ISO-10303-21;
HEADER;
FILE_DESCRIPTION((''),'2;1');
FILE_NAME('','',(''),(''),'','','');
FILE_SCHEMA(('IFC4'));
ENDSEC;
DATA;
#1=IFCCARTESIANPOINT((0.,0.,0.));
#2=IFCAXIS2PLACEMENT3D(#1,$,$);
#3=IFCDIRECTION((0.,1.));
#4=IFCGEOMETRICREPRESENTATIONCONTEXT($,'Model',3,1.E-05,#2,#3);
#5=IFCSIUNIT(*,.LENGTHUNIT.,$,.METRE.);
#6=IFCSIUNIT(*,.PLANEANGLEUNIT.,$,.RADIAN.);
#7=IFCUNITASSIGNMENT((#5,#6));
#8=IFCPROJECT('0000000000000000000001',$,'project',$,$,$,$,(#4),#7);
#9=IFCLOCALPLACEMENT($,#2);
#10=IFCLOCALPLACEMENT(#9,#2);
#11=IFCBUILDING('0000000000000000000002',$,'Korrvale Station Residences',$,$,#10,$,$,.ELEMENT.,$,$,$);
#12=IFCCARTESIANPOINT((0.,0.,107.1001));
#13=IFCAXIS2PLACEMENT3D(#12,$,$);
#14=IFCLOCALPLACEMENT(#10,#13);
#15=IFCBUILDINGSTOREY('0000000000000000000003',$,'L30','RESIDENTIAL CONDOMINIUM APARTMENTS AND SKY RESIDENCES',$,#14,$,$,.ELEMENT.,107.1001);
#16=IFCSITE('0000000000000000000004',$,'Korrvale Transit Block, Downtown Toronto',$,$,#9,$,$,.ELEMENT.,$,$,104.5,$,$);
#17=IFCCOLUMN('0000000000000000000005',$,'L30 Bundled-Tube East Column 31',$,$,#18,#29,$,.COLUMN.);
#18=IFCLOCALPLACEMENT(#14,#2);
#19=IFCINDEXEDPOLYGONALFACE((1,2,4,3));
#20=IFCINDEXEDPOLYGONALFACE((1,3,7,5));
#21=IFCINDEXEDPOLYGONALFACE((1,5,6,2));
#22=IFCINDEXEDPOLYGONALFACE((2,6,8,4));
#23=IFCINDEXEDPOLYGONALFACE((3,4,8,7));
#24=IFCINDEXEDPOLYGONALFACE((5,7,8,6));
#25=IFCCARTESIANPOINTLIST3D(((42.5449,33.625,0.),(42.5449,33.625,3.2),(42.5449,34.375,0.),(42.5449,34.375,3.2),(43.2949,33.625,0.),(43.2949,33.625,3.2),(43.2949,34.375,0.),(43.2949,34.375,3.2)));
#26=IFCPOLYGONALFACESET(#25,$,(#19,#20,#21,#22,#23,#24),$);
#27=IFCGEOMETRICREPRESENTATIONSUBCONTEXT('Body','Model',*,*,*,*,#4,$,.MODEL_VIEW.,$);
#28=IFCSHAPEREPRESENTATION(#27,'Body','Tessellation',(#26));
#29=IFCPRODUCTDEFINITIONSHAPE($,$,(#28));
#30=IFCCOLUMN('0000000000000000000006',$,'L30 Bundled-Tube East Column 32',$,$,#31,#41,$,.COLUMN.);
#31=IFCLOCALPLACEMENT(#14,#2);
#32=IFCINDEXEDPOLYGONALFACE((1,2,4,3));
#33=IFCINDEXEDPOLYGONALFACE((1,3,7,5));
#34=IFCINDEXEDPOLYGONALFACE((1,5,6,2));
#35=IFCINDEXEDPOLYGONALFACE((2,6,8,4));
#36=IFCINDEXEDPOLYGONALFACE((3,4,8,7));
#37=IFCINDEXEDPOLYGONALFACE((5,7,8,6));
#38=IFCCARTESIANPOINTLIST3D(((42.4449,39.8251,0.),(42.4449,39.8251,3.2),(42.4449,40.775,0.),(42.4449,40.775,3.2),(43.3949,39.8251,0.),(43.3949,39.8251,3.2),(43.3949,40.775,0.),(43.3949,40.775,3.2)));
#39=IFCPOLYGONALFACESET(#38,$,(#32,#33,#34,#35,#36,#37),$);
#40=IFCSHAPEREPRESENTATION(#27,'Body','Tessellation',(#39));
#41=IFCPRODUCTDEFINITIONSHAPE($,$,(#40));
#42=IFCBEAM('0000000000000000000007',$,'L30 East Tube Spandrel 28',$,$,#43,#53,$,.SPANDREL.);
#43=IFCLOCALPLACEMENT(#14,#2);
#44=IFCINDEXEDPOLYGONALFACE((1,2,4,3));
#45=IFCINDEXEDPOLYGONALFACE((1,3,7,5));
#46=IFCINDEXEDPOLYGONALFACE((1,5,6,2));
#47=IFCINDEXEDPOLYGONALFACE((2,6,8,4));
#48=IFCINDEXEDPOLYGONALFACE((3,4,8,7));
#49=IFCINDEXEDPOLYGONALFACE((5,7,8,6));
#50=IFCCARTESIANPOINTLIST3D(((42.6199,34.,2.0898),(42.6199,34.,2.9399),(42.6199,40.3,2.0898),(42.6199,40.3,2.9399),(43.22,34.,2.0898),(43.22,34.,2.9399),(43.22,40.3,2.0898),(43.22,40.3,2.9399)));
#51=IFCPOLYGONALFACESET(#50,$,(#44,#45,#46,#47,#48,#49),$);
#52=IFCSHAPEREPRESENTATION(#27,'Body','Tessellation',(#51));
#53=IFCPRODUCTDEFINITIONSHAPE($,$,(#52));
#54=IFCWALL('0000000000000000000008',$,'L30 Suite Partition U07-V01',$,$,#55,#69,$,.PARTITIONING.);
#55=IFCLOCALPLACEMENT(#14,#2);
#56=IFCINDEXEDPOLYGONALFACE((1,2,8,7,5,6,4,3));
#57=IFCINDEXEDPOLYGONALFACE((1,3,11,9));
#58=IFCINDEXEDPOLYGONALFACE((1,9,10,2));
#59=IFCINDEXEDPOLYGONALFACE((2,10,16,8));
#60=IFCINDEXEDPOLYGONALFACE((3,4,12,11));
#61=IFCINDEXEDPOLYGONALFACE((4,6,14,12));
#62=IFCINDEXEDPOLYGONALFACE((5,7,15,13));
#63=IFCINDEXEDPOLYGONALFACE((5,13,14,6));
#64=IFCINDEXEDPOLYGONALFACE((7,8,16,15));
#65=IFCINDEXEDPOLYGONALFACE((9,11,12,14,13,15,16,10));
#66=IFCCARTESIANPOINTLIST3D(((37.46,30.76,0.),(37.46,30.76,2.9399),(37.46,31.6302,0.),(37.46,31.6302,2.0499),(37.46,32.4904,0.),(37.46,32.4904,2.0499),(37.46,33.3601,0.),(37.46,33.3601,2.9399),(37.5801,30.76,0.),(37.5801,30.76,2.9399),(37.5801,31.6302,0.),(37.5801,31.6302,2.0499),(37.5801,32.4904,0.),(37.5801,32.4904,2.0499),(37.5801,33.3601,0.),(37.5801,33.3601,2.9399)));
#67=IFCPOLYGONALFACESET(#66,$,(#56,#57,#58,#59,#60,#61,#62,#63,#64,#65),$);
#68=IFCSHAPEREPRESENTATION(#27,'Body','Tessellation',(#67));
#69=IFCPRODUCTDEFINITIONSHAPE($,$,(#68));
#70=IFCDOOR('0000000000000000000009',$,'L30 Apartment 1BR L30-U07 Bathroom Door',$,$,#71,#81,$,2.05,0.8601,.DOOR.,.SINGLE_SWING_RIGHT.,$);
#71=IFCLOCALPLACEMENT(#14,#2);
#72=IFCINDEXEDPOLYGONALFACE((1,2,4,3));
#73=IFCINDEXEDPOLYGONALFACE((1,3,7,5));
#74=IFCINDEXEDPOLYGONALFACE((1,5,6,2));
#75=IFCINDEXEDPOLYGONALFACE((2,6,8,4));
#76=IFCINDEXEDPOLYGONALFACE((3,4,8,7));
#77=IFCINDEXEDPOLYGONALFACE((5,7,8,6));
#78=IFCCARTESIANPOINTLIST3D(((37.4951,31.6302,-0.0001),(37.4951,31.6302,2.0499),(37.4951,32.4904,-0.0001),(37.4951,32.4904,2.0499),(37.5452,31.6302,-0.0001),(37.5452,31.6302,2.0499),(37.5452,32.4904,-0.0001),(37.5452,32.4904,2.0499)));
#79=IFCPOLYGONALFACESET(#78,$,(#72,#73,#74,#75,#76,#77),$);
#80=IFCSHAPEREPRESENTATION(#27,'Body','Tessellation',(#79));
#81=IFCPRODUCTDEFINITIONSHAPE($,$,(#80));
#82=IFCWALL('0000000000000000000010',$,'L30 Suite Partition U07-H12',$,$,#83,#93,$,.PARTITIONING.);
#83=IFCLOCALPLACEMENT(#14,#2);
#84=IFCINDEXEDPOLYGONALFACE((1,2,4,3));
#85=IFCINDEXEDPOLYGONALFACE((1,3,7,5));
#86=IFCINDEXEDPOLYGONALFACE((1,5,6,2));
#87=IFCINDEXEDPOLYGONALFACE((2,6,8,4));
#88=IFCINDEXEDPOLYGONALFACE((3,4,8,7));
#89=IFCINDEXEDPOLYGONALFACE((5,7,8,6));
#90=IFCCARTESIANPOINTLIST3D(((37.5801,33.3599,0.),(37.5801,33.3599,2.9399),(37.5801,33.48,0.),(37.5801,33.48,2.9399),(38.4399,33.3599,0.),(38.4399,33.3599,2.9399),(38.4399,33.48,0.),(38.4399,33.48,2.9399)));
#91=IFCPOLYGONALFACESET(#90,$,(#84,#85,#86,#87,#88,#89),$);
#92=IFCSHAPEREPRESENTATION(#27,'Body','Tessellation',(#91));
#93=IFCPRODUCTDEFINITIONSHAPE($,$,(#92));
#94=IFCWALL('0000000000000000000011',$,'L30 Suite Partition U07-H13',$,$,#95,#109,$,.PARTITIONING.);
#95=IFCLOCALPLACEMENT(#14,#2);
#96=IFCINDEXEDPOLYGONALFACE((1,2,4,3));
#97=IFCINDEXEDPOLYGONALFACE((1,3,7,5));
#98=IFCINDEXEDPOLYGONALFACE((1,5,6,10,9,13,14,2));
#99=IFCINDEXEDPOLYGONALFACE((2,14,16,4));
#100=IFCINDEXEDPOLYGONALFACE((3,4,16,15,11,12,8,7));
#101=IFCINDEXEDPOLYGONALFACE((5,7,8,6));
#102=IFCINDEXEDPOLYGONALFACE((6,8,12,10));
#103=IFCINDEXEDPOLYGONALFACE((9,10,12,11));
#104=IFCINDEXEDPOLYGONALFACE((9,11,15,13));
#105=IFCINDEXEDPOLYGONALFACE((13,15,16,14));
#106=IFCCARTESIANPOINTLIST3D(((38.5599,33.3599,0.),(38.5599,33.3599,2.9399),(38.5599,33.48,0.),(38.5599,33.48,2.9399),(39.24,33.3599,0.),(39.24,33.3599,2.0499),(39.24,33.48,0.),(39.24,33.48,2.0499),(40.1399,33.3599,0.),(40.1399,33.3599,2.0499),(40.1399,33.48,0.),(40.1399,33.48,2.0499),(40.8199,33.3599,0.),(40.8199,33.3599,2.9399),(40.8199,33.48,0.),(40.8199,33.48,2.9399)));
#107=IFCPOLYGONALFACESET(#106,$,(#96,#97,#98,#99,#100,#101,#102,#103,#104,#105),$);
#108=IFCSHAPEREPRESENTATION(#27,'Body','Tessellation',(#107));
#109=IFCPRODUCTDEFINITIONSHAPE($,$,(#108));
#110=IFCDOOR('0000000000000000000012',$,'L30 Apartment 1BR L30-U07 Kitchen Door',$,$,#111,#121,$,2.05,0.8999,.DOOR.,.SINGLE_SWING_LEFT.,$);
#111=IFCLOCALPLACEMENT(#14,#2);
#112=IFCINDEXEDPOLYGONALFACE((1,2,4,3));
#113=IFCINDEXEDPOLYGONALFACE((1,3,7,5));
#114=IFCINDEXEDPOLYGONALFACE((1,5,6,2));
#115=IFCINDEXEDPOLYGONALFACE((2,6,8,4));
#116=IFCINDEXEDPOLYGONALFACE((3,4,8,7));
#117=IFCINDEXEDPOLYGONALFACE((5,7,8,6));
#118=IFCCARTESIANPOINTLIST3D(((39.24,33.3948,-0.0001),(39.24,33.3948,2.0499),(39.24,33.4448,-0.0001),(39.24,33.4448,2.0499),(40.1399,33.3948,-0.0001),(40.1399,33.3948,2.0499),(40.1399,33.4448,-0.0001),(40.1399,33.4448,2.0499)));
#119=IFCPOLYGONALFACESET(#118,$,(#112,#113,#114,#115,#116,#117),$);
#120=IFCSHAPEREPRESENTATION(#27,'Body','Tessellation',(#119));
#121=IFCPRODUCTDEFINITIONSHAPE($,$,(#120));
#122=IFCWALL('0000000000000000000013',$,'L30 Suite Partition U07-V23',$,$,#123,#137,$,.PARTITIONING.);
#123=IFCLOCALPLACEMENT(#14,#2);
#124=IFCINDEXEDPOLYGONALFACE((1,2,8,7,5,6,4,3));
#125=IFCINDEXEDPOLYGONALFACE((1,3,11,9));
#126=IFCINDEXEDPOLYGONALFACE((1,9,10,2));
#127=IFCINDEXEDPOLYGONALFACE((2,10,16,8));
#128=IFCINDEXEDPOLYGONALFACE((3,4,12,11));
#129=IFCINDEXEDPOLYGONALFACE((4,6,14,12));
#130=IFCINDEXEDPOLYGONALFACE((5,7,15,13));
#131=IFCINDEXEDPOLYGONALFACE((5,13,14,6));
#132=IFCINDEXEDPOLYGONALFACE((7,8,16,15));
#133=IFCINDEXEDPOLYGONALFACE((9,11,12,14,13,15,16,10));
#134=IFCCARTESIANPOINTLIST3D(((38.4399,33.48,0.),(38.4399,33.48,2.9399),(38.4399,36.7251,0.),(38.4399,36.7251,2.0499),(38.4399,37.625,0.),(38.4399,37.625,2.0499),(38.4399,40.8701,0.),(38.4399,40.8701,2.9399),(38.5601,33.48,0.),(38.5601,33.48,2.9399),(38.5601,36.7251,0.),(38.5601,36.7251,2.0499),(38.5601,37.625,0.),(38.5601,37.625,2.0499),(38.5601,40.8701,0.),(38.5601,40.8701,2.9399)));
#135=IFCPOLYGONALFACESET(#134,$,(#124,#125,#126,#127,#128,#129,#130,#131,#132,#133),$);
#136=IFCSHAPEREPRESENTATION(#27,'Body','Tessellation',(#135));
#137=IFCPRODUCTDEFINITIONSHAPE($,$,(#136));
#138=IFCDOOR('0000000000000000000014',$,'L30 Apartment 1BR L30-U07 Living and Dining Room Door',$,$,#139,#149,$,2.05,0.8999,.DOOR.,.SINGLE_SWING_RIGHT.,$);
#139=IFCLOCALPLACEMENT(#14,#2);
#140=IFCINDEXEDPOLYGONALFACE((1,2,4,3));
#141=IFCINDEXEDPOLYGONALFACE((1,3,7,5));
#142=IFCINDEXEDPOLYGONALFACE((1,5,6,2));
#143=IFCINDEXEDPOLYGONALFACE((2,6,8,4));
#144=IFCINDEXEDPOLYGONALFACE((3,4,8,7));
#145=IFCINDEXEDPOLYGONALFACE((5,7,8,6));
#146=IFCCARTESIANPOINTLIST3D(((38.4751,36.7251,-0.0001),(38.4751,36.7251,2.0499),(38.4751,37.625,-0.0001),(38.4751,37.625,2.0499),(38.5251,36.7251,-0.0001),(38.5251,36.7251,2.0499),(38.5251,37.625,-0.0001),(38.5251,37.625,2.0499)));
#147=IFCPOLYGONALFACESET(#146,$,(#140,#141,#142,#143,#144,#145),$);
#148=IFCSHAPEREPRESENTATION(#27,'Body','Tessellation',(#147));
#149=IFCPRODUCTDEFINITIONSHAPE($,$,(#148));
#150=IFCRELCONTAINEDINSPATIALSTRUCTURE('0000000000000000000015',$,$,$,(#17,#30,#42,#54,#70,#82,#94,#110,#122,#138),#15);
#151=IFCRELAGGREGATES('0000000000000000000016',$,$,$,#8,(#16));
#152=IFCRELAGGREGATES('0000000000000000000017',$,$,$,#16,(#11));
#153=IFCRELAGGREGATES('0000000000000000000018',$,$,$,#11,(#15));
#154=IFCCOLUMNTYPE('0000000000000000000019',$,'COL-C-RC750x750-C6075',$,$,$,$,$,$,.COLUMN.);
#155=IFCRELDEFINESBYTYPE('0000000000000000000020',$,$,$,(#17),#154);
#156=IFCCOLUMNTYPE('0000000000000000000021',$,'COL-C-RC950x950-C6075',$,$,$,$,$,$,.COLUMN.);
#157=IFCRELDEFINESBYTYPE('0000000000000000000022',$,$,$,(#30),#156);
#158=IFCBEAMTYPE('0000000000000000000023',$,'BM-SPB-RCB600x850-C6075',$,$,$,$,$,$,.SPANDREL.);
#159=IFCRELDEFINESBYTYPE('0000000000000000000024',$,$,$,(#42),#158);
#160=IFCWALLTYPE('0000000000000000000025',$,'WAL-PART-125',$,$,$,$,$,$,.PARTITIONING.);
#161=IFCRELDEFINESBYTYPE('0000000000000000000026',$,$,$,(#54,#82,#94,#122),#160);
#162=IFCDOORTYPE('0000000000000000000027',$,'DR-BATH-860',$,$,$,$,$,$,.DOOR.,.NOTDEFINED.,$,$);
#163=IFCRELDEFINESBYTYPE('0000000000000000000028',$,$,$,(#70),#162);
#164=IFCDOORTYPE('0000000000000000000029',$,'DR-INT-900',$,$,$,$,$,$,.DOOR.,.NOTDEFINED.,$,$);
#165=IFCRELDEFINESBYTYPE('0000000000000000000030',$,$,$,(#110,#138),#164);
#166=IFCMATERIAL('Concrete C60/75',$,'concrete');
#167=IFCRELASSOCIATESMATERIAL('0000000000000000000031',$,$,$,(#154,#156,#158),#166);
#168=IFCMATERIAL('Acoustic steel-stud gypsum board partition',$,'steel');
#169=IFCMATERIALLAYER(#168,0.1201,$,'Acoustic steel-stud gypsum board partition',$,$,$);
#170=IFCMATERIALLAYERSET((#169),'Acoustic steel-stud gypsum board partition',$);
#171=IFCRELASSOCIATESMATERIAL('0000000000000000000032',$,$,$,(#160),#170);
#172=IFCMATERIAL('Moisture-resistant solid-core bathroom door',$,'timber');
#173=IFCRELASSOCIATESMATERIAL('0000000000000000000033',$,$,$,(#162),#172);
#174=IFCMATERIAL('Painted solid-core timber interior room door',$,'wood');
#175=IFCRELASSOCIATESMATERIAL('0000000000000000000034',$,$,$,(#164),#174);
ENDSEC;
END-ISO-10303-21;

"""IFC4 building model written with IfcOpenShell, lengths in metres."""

from ifc_helpers import new_model, si_unit, direction, frame, frame_2d, origin, origin_2d, place, context, subcontext, project, spatial, rectangle, extrude, material, layer, layer_set, material_profile, profile_set, type_object, element, fill, save


model = new_model("IFC4")

# Units and contexts
model_context = context("Model", 3, precision=1e-05, world=origin(), true_north=direction((0.0, 1.0)))
body_context = subcontext(model_context, "Body", "Model", "MODEL_VIEW")
ifc_project = project(units=[si_unit("LENGTHUNIT", "METRE"), si_unit("PLANEANGLEUNIT", "RADIAN")], contexts=[model_context])

# Site, building, storey
site_placement = place(None, origin())
site = spatial("IfcSite", under=ifc_project, at=site_placement, Name="Korrvale Transit Block, Downtown Toronto", CompositionType="ELEMENT", RefElevation=104.5)
building_placement = place(site_placement, origin())
building = spatial("IfcBuilding", under=site, at=building_placement, Name="Korrvale Station Residences", CompositionType="ELEMENT")
storey_placement = place(building_placement, frame((0.0, 0.0, 107.1001)))
storey = spatial("IfcBuildingStorey", under=building, at=storey_placement, Name="L30", Description="RESIDENTIAL CONDOMINIUM APARTMENTS AND SKY RESIDENCES", CompositionType="ELEMENT", Elevation=107.1001)

# Columns
ifc_material_1 = material(Name="Concrete C60/75", Category="concrete")
ifc_material_profile_1 = material_profile(ifc_material_1, rectangle(XDim=0.75, YDim=0.75, at=origin_2d()), Name="RC750x750")
ifc_profile_set_1 = profile_set([ifc_material_profile_1], Name="Concrete C60/75")
column_type_1 = type_object("IfcColumnType", Name="COL-C-RC750x750-C6075", PredefinedType="COLUMN", material=ifc_profile_set_1)
column_1_placement = place(storey_placement, frame((42.9199, 34.0, 0.0), z_axis=(0.0, 0.0, 1.0), x_axis=(1.0, 0.0, 0.0)))
element("IfcColumn", 1, at=column_1_placement, inside=storey, type_object=column_type_1, Name="L30 Bundled-Tube East Column 31", PredefinedType="COLUMN", context=body_context, shape_type="SweptSolid", body=[
    extrude(rectangle(XDim=0.75, YDim=0.75, at=origin_2d()), origin(), (0.0, 0.0, 1.0), 3.2),
])
ifc_material_profile_2 = material_profile(ifc_material_1, rectangle(XDim=0.95, YDim=0.95, at=origin_2d()), Name="RC950x950")
ifc_profile_set_2 = profile_set([ifc_material_profile_2], Name="Concrete C60/75")
column_type_2 = type_object("IfcColumnType", Name="COL-C-RC950x950-C6075", PredefinedType="COLUMN", material=ifc_profile_set_2)
column_2_placement = place(storey_placement, frame((42.9199, 40.3, 0.0), z_axis=(0.0, 0.0, 1.0), x_axis=(1.0, 0.0, 0.0)))
element("IfcColumn", 2, at=column_2_placement, inside=storey, type_object=column_type_2, Name="L30 Bundled-Tube East Column 32", PredefinedType="COLUMN", context=body_context, shape_type="SweptSolid", body=[
    extrude(rectangle(XDim=0.95, YDim=0.95, at=origin_2d()), origin(), (0.0, 0.0, 1.0), 3.2),
])

# Beam
ifc_material_profile_3 = material_profile(ifc_material_1, rectangle(XDim=0.6001, YDim=0.8501, at=origin_2d()), Name="RCB600x850")
ifc_profile_set_3 = profile_set([ifc_material_profile_3], Name="Concrete C60/75")
beam_type = type_object("IfcBeamType", Name="BM-SPB-RCB600x850-C6075", PredefinedType="SPANDREL", material=ifc_profile_set_3)
beam_placement = place(storey_placement, frame((42.9199, 34.0, 2.5149), z_axis=(0.0, 1.0, 0.0), x_axis=(-1.0, 0.0, 0.0)))
element("IfcBeam", 3, at=beam_placement, inside=storey, type_object=beam_type, Name="L30 East Tube Spandrel 28", PredefinedType="SPANDREL", context=body_context, shape_type="SweptSolid", body=[
    extrude(rectangle(XDim=0.6001, YDim=0.8501, at=origin_2d()), origin(), (0.0, 0.0, 1.0), 6.3),
])

# Wall, opening, door
ifc_material_2 = material(Name="Acoustic steel-stud gypsum board partition", Category="steel")
ifc_layer_1 = layer(ifc_material_2, 0.1201, Name="Acoustic steel-stud gypsum board partition")
ifc_layer_set_1 = layer_set([ifc_layer_1], Name="Acoustic steel-stud gypsum board partition")
wall_type = type_object("IfcWallType", Name="WAL-PART-125", PredefinedType="PARTITIONING", material=ifc_layer_set_1)
wall_1_placement = place(storey_placement, frame((37.52, 30.76, 0.0), z_axis=(0.0, 0.0, 1.0), x_axis=(0.0, 1.0, 0.0)))
wall_1 = element("IfcWall", 4, at=wall_1_placement, inside=storey, type_object=wall_type, Name="L30 Suite Partition U07-V01", PredefinedType="PARTITIONING", context=body_context, shape_type="SweptSolid", body=[
    extrude(rectangle(XDim=2.6001, YDim=0.1201, at=frame_2d((1.3, 0.0))), origin(), (0.0, 0.0, 1.0), 2.9399),
])
opening_1_placement = place(wall_1_placement, frame((0.8701, 0.0, 0.0)))
opening_1 = element("IfcOpeningElement", 5, at=opening_1_placement, cuts=wall_1, PredefinedType="OPENING", context=body_context, shape_type="SweptSolid", body=[
    extrude(rectangle(XDim=0.8601, YDim=2.05, at=frame_2d((0.4302, 1.0249))), frame((0.0, 0.0701, 0.0), z_axis=(0.0, -1.0, 0.0), x_axis=(1.0, 0.0, 0.0)), (0.0, 0.0, 1.0), 0.1401),
])
ifc_material_3 = material(Name="Moisture-resistant solid-core bathroom door", Category="timber")
door_type_1 = type_object("IfcDoorType", Name="DR-BATH-860", OperationType="NOTDEFINED", PredefinedType="DOOR", material=ifc_material_3)
door_1_placement = place(opening_1_placement, origin())
door_1 = element("IfcDoor", 6, at=door_1_placement, inside=storey, type_object=door_type_1, Name="L30 Apartment 1BR L30-U07 Bathroom Door", OperationType="SINGLE_SWING_RIGHT", OverallHeight=2.05, OverallWidth=0.8601, PredefinedType="DOOR", context=body_context, shape_type="SweptSolid", body=[
    extrude(rectangle(XDim=0.8601, YDim=2.05, at=frame_2d((0.4302, 1.0249))), frame((0.0, 0.0249, 0.0), z_axis=(0.0, -1.0, 0.0), x_axis=(1.0, 0.0, 0.0)), (0.0, 0.0, 1.0), 0.05),
])
fill(opening_1, door_1)

# Wall
wall_2_placement = place(storey_placement, frame((37.5801, 33.4199, 0.0), z_axis=(0.0, 0.0, 1.0), x_axis=(1.0, 0.0, 0.0)))
element("IfcWall", 7, at=wall_2_placement, inside=storey, type_object=wall_type, Name="L30 Suite Partition U07-H12", PredefinedType="PARTITIONING", context=body_context, shape_type="SweptSolid", body=[
    extrude(rectangle(XDim=0.8599, YDim=0.1201, at=frame_2d((0.4299, 0.0))), origin(), (0.0, 0.0, 1.0), 2.9399),
])

# Walls, openings, doors
wall_3_placement = place(storey_placement, frame((38.5601, 33.4199, 0.0), z_axis=(0.0, 0.0, 1.0), x_axis=(1.0, 0.0, 0.0)))
wall_3 = element("IfcWall", 8, at=wall_3_placement, inside=storey, type_object=wall_type, Name="L30 Suite Partition U07-H13", PredefinedType="PARTITIONING", context=body_context, shape_type="SweptSolid", body=[
    extrude(rectangle(XDim=2.26, YDim=0.1201, at=frame_2d((1.1299, 0.0))), origin(), (0.0, 0.0, 1.0), 2.9399),
])
opening_2_placement = place(wall_3_placement, frame((0.6799, 0.0, 0.0)))
opening_2 = element("IfcOpeningElement", 9, at=opening_2_placement, cuts=wall_3, PredefinedType="OPENING", context=body_context, shape_type="SweptSolid", body=[
    extrude(rectangle(XDim=0.8999, YDim=2.05, at=frame_2d((0.45, 1.0249))), frame((0.0, 0.0701, 0.0), z_axis=(0.0, -1.0, 0.0), x_axis=(1.0, 0.0, 0.0)), (0.0, 0.0, 1.0), 0.1401),
])
ifc_material_4 = material(Name="Painted solid-core timber interior room door", Category="wood")
door_type_2 = type_object("IfcDoorType", Name="DR-INT-900", OperationType="NOTDEFINED", PredefinedType="DOOR", material=ifc_material_4)
door_2_placement = place(opening_2_placement, origin())
door_2 = element("IfcDoor", 10, at=door_2_placement, inside=storey, type_object=door_type_2, Name="L30 Apartment 1BR L30-U07 Kitchen Door", OperationType="SINGLE_SWING_LEFT", OverallHeight=2.05, OverallWidth=0.8999, PredefinedType="DOOR", context=body_context, shape_type="SweptSolid", body=[
    extrude(rectangle(XDim=0.8999, YDim=2.05, at=frame_2d((0.45, 1.0249))), frame((0.0, 0.0249, 0.0), z_axis=(0.0, -1.0, 0.0), x_axis=(1.0, 0.0, 0.0)), (0.0, 0.0, 1.0), 0.05),
])
fill(opening_2, door_2)
wall_4_placement = place(storey_placement, frame((38.5, 33.48, 0.0), z_axis=(0.0, 0.0, 1.0), x_axis=(0.0, 1.0, 0.0)))
wall_4 = element("IfcWall", 11, at=wall_4_placement, inside=storey, type_object=wall_type, Name="L30 Suite Partition U07-V23", PredefinedType="PARTITIONING", context=body_context, shape_type="SweptSolid", body=[
    extrude(rectangle(XDim=7.3901, YDim=0.1201, at=frame_2d((3.6951, 0.0))), origin(), (0.0, 0.0, 1.0), 2.9399),
])
opening_3_placement = place(wall_4_placement, frame((3.2451, 0.0, 0.0)))
opening_3 = element("IfcOpeningElement", 12, at=opening_3_placement, cuts=wall_4, PredefinedType="OPENING", context=body_context, shape_type="SweptSolid", body=[
    extrude(rectangle(XDim=0.8999, YDim=2.05, at=frame_2d((0.45, 1.0249))), frame((0.0, 0.0701, 0.0), z_axis=(0.0, -1.0, 0.0), x_axis=(1.0, 0.0, 0.0)), (0.0, 0.0, 1.0), 0.1401),
])
door_3_placement = place(opening_3_placement, origin())
door_3 = element("IfcDoor", 13, at=door_3_placement, inside=storey, type_object=door_type_2, Name="L30 Apartment 1BR L30-U07 Living and Dining Room Door", OperationType="SINGLE_SWING_RIGHT", OverallHeight=2.05, OverallWidth=0.8999, PredefinedType="DOOR", context=body_context, shape_type="SweptSolid", body=[
    extrude(rectangle(XDim=0.8999, YDim=2.05, at=frame_2d((0.45, 1.0249))), frame((0.0, 0.0249, 0.0), z_axis=(0.0, -1.0, 0.0), x_axis=(1.0, 0.0, 0.0)), (0.0, 0.0, 1.0), 0.05),
])
fill(opening_3, door_3)

save(model, "model.ifc")
